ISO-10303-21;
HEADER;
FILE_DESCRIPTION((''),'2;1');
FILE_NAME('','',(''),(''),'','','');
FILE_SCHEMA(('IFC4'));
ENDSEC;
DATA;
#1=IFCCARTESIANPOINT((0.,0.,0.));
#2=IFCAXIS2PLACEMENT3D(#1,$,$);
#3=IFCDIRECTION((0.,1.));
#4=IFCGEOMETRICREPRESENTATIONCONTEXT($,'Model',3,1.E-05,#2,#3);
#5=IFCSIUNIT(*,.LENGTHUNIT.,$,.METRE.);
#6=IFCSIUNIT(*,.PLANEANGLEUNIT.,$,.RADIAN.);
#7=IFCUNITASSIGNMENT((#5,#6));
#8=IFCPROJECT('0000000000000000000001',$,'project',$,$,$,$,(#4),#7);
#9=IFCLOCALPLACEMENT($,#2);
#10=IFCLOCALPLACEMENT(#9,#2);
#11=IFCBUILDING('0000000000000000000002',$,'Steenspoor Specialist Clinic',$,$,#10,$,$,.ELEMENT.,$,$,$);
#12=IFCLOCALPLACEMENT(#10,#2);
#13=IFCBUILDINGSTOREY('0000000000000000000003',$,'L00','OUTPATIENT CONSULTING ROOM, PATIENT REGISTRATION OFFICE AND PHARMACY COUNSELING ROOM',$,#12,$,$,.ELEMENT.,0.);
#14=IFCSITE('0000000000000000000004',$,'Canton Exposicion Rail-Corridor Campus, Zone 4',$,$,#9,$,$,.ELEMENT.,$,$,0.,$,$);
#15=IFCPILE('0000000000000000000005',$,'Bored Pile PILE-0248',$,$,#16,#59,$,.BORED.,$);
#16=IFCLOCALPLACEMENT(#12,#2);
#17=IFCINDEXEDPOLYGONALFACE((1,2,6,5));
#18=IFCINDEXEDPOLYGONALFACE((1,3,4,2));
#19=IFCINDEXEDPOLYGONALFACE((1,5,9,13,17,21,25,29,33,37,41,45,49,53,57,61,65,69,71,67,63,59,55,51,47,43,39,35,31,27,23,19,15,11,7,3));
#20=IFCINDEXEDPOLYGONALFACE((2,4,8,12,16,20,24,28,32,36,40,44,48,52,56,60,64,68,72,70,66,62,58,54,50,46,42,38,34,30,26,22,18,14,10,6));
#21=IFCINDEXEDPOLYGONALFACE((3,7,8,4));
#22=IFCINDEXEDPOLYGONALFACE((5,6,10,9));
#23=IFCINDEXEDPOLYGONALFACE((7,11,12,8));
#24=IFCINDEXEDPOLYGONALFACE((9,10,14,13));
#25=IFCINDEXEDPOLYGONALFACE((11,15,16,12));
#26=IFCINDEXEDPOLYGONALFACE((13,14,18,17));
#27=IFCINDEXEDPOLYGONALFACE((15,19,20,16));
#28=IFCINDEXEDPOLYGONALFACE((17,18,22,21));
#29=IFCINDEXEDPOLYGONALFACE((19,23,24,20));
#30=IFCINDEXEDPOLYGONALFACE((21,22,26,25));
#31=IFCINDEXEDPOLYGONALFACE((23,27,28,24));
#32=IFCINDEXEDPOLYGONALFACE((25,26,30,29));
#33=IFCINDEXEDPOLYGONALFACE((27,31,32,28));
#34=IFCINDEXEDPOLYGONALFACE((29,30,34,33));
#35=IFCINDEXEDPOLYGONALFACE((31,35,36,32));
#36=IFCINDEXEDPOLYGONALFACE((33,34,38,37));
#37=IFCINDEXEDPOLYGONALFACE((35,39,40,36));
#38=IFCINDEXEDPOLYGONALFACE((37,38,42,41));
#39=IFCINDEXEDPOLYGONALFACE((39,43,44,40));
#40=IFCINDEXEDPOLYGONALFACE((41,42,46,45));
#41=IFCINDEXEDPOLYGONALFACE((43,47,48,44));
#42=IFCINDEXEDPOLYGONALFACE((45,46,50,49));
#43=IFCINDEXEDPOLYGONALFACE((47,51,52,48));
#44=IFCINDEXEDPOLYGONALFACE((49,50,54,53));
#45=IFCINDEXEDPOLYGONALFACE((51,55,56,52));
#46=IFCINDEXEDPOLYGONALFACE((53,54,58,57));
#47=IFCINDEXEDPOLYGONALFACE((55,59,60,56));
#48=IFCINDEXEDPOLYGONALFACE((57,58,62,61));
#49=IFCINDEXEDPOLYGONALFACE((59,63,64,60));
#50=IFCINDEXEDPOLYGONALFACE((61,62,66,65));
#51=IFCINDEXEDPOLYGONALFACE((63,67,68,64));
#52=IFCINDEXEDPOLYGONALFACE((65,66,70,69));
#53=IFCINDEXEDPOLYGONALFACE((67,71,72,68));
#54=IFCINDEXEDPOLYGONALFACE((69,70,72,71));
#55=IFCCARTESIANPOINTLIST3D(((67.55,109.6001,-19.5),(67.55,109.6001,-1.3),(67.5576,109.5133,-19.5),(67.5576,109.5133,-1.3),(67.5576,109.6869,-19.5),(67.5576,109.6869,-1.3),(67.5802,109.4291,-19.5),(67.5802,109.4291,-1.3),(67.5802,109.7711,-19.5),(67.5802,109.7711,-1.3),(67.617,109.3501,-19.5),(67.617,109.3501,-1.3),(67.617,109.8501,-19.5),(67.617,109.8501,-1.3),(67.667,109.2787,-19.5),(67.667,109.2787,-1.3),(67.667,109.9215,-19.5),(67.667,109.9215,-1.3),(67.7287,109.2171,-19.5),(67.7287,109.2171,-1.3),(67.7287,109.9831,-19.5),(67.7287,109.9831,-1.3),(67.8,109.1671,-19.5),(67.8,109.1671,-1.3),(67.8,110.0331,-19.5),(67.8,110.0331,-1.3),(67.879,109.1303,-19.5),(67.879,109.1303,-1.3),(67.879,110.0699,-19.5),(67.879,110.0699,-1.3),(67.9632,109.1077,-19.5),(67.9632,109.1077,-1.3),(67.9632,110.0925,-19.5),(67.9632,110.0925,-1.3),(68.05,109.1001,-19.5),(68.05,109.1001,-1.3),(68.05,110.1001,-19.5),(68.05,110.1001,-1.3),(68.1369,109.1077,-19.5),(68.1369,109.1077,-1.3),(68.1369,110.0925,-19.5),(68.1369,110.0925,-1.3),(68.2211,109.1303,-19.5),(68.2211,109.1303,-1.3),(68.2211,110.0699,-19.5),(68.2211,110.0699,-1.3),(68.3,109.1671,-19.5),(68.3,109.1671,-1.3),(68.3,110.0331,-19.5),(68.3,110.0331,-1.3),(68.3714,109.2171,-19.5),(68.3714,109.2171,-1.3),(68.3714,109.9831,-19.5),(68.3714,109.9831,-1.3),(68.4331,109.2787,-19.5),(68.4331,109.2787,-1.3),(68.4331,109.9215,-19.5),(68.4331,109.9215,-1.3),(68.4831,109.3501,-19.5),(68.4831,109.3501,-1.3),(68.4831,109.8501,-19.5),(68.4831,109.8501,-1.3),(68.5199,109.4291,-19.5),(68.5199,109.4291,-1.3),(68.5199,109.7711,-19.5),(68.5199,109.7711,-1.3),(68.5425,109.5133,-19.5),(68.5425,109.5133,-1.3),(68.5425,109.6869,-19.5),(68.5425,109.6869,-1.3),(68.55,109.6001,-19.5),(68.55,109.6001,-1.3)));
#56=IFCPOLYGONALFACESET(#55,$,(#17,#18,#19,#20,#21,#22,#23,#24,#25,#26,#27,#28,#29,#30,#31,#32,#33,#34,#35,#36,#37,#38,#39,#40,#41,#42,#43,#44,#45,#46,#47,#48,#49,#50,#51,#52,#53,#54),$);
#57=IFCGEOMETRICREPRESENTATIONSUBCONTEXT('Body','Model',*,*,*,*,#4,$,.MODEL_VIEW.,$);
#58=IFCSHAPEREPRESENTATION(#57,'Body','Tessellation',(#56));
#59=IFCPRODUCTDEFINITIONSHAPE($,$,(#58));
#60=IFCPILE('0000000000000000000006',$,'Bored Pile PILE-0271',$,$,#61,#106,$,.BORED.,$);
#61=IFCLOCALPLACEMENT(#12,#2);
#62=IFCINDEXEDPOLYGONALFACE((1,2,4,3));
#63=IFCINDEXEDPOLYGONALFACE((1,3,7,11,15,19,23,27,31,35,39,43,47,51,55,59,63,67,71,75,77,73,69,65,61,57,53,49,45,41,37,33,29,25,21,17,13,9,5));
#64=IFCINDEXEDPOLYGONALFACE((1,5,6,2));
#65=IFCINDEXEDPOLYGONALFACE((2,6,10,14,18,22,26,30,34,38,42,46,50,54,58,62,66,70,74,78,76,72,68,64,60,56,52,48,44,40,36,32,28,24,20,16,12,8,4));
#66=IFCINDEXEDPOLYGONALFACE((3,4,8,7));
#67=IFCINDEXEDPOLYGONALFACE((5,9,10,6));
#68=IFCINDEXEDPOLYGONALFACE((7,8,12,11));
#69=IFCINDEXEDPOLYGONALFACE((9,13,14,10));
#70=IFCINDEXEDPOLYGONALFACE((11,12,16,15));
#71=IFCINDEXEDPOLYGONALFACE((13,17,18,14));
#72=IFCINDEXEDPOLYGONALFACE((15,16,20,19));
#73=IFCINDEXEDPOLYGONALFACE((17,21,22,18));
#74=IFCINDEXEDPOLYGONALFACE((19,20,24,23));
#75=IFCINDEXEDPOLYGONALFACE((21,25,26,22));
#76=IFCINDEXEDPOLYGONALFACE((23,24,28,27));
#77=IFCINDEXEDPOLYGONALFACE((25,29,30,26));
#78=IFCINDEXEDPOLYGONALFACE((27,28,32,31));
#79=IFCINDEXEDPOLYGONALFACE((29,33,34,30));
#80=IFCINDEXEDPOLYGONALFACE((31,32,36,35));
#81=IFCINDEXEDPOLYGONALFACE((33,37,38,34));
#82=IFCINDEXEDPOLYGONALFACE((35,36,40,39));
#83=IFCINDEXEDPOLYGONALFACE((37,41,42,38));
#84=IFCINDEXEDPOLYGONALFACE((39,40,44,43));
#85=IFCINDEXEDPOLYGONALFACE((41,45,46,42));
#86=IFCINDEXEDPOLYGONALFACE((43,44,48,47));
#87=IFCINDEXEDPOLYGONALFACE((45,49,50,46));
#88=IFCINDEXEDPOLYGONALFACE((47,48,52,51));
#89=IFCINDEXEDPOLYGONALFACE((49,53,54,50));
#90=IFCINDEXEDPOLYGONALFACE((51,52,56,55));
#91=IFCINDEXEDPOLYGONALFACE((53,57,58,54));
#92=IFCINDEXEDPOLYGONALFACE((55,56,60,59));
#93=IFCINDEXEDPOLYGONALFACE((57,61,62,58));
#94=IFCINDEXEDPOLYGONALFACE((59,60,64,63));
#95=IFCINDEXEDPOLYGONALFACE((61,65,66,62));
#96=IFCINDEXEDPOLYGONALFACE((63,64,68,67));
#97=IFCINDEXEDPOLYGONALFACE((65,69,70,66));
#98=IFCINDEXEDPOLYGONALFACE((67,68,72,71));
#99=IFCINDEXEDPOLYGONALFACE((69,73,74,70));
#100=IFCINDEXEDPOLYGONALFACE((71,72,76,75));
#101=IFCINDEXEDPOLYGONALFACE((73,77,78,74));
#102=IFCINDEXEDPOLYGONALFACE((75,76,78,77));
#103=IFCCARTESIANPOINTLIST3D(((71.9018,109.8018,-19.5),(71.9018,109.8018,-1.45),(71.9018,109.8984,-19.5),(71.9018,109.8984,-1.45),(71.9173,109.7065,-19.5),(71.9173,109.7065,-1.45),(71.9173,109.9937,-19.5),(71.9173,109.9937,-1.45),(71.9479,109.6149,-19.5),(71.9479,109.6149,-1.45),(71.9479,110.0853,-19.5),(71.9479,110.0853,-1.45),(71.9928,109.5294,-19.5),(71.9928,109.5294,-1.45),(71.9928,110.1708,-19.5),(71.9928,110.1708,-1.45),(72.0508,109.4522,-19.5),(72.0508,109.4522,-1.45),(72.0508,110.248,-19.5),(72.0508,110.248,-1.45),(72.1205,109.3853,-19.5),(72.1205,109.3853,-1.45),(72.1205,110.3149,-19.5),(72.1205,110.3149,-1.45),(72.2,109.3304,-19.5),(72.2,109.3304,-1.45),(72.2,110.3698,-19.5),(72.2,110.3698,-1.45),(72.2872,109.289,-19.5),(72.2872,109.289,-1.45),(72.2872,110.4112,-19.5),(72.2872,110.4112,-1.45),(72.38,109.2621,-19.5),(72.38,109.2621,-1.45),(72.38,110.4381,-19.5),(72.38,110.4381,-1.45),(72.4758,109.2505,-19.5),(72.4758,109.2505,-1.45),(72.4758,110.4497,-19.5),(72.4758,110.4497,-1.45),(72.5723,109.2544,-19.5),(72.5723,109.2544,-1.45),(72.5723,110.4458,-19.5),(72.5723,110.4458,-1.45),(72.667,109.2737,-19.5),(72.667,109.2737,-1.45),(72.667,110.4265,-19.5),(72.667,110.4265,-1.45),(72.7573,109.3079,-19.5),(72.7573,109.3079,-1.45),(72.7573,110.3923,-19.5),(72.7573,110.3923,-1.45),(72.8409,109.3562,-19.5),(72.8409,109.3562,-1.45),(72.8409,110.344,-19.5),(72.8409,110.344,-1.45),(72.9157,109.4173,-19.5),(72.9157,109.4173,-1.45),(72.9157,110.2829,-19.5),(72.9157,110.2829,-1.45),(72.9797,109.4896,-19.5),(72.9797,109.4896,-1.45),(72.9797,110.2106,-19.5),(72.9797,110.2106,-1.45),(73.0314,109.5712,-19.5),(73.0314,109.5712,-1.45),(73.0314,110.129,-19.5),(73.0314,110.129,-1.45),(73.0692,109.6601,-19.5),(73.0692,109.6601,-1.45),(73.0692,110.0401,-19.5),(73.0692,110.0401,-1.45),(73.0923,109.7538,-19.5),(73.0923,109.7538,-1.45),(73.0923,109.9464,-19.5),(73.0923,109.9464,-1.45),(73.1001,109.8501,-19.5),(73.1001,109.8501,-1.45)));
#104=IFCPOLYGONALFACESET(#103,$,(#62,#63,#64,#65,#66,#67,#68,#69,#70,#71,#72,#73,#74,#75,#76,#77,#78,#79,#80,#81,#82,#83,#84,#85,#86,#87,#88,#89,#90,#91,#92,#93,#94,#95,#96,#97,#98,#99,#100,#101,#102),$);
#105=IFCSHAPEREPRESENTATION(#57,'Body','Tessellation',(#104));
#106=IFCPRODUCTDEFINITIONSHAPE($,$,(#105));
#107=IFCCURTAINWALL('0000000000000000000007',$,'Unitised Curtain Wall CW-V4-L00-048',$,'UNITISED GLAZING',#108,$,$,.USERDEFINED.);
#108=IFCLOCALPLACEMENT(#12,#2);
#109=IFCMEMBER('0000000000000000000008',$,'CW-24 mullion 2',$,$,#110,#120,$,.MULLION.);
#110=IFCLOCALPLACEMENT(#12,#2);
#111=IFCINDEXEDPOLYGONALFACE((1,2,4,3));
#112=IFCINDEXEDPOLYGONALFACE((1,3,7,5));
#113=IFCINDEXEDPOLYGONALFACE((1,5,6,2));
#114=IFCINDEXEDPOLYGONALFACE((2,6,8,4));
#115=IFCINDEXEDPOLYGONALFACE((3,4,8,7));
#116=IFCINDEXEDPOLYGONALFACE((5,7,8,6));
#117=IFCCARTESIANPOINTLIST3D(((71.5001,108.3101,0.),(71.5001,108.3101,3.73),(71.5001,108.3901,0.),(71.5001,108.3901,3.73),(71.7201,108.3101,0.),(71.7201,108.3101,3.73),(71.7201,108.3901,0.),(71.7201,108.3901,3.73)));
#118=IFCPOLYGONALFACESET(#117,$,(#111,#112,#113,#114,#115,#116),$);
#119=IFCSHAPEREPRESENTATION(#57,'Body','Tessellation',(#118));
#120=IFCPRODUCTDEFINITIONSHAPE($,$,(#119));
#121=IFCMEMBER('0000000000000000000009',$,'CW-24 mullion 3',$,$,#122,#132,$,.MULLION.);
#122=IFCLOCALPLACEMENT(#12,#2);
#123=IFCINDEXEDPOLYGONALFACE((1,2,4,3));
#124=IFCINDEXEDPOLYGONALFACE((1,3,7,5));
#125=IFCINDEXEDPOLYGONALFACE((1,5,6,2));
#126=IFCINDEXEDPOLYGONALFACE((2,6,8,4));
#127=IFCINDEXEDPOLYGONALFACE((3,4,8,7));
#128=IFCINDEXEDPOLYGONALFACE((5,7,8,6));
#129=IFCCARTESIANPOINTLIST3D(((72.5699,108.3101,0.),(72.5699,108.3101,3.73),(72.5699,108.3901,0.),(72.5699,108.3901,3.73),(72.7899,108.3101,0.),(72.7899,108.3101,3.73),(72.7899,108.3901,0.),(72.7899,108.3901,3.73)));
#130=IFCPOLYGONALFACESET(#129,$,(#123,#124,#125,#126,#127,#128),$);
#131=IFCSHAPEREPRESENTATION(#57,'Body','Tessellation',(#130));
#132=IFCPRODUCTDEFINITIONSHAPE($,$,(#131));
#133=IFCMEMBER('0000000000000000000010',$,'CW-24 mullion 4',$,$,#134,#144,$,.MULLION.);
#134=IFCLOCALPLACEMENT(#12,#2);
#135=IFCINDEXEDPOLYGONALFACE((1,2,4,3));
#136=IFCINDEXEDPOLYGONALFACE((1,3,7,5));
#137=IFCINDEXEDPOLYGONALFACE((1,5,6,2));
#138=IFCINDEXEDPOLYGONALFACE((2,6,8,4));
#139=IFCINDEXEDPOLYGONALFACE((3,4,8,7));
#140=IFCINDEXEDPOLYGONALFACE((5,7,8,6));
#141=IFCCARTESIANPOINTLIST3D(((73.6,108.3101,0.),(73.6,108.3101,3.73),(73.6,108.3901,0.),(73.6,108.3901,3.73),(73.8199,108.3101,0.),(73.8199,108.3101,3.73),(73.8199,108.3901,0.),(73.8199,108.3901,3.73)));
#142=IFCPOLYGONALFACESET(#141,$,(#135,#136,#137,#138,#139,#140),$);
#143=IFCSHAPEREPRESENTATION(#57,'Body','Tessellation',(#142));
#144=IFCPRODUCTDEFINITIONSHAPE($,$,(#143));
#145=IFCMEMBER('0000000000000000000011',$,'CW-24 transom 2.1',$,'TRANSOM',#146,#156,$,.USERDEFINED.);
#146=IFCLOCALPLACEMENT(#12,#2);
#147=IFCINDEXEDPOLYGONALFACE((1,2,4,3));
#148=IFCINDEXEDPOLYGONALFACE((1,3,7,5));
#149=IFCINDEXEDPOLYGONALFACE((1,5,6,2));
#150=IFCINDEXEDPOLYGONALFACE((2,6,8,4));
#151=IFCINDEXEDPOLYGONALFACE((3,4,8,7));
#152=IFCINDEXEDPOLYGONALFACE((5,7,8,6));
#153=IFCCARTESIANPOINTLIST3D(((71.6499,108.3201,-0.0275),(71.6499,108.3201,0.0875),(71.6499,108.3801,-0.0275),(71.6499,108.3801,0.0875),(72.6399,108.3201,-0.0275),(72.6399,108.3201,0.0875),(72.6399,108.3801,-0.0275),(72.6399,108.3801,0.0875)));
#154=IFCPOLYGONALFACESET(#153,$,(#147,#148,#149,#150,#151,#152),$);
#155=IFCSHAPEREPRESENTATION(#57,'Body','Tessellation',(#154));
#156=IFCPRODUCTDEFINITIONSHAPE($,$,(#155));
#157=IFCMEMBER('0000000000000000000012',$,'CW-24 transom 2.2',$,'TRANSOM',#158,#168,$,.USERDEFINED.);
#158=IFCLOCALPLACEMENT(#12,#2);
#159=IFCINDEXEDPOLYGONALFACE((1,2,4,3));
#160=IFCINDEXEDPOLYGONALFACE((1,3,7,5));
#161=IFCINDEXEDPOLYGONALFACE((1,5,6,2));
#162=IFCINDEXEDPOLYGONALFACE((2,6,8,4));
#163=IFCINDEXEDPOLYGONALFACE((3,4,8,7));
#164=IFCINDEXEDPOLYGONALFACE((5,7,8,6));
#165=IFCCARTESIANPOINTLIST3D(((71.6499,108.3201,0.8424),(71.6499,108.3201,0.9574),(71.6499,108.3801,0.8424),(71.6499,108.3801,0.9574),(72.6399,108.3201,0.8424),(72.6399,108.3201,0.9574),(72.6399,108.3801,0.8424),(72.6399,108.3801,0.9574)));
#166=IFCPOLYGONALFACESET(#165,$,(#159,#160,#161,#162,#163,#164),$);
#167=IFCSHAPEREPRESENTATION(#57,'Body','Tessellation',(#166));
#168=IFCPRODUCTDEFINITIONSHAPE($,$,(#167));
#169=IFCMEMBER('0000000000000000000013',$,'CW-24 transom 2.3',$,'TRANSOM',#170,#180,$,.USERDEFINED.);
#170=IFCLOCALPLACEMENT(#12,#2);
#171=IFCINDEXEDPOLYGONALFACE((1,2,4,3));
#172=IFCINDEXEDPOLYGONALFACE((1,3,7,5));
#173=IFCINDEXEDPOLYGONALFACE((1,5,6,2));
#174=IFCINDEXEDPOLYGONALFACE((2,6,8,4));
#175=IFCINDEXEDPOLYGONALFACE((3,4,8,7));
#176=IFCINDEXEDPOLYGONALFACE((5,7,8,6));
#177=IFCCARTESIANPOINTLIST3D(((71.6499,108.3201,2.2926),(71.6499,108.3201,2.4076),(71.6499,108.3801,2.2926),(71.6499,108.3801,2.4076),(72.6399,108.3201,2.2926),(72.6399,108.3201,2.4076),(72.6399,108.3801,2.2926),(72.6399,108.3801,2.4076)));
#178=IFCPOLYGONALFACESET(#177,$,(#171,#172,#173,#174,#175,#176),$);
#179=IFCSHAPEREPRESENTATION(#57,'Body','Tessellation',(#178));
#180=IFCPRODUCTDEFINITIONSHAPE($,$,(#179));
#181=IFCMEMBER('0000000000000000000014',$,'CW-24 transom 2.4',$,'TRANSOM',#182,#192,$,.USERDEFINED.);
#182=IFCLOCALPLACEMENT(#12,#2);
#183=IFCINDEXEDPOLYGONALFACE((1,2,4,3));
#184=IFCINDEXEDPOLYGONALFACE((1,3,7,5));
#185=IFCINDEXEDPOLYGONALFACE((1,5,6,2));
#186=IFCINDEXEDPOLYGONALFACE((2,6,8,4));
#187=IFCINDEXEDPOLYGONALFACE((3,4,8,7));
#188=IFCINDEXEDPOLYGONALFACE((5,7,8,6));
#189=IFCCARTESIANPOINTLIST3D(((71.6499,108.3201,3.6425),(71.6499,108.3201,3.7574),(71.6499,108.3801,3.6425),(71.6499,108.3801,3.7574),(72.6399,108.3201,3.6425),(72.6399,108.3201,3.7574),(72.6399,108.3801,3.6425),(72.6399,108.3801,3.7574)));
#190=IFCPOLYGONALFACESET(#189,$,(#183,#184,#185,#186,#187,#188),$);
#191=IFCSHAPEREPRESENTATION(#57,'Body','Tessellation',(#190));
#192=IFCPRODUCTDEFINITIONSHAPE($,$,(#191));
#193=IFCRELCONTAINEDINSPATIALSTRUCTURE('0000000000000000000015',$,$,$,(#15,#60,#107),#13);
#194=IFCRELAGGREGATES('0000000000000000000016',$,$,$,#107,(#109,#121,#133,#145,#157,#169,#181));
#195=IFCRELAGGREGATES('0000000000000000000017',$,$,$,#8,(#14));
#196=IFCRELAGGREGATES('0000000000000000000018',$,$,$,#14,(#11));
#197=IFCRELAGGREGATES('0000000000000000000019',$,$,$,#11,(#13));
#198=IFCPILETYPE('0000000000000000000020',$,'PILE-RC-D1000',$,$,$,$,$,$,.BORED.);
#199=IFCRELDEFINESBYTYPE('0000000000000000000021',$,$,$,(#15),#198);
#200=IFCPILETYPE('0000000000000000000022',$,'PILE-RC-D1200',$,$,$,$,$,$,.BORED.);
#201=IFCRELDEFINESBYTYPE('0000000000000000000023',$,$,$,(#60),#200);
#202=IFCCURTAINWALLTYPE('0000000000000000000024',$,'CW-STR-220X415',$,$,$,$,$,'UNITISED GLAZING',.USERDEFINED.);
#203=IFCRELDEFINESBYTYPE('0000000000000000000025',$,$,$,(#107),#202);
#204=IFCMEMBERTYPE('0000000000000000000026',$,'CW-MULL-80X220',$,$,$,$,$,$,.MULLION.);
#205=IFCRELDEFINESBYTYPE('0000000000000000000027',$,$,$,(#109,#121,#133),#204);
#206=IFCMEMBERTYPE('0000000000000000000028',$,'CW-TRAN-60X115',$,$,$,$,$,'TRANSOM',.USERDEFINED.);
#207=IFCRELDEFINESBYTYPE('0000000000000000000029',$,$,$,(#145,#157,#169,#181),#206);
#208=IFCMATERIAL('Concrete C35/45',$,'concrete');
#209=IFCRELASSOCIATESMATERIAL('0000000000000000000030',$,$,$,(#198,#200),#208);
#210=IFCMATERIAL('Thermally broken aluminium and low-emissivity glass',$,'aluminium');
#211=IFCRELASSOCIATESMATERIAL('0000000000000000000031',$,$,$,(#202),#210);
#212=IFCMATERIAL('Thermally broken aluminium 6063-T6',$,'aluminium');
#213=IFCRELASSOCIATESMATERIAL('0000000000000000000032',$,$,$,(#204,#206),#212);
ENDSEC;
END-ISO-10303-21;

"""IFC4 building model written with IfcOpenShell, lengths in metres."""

from ifc_helpers import new_model, si_unit, direction, frame, origin, origin_2d, place, context, subcontext, project, spatial, rectangle, circle, extrude, material, material_profile, profile_set, type_object, element, aggregate, save


model = new_model("IFC4")

# Units and contexts
model_context = context("Model", 3, precision=1e-05, world=origin(), true_north=direction((0.0, 1.0)))
body_context = subcontext(model_context, "Body", "Model", "MODEL_VIEW")
ifc_project = project(units=[si_unit("LENGTHUNIT", "METRE"), si_unit("PLANEANGLEUNIT", "RADIAN")], contexts=[model_context])

# Site, building, storey
site_placement = place(None, origin())
site = spatial("IfcSite", under=ifc_project, at=site_placement, Name="Canton Exposicion Rail-Corridor Campus, Zone 4", CompositionType="ELEMENT", RefElevation=0.0)
building_placement = place(site_placement, origin())
building = spatial("IfcBuilding", under=site, at=building_placement, Name="Steenspoor Specialist Clinic", CompositionType="ELEMENT")
storey_placement = place(building_placement, origin())
storey = spatial("IfcBuildingStorey", under=building, at=storey_placement, Name="L00", Description="OUTPATIENT CONSULTING ROOM, PATIENT REGISTRATION OFFICE AND PHARMACY COUNSELING ROOM", CompositionType="ELEMENT", Elevation=0.0)

# Piles
ifc_material_1 = material(Name="Concrete C35/45", Category="concrete")
ifc_material_profile_1 = material_profile(ifc_material_1, circle(Radius=0.5, at=origin_2d()), Name="PILE-D1000")
ifc_profile_set_1 = profile_set([ifc_material_profile_1], Name="Concrete C35/45")
pile_type_1 = type_object("IfcPileType", Name="PILE-RC-D1000", PredefinedType="BORED", material=ifc_profile_set_1)
pile_1_placement = place(storey_placement, frame((68.05, 109.6001, -1.3), z_axis=(0.0, 0.0, -1.0), x_axis=(1.0, 0.0, 0.0)))
element("IfcPile", 1, at=pile_1_placement, inside=storey, type_object=pile_type_1, Name="Bored Pile PILE-0248", PredefinedType="BORED", context=body_context, shape_type="SweptSolid", body=[
    extrude(circle(Radius=0.5, at=origin_2d()), origin(), (0.0, 0.0, 1.0), 18.2),
])
ifc_material_profile_2 = material_profile(ifc_material_1, circle(Radius=0.6001, at=origin_2d()), Name="PILE-D1200")
ifc_profile_set_2 = profile_set([ifc_material_profile_2], Name="Concrete C35/45")
pile_type_2 = type_object("IfcPileType", Name="PILE-RC-D1200", PredefinedType="BORED", material=ifc_profile_set_2)
pile_2_placement = place(storey_placement, frame((72.5, 109.8501, -1.45), z_axis=(0.0, 0.0, -1.0), x_axis=(1.0, 0.0, 0.0)))
element("IfcPile", 2, at=pile_2_placement, inside=storey, type_object=pile_type_2, Name="Bored Pile PILE-0271", PredefinedType="BORED", context=body_context, shape_type="SweptSolid", body=[
    extrude(circle(Radius=0.6001, at=origin_2d()), origin(), (0.0, 0.0, 1.0), 18.05),
])

# Curtain wall, members
ifc_material_2 = material(Name="Thermally broken aluminium and low-emissivity glass", Category="aluminium")
curtain_wall_type = type_object("IfcCurtainWallType", Name="CW-STR-220X415", ElementType="UNITISED GLAZING", PredefinedType="USERDEFINED", material=ifc_material_2)
curtain_wall_placement = place(storey_placement, origin())
curtain_wall = element("IfcCurtainWall", 3, at=curtain_wall_placement, inside=storey, type_object=curtain_wall_type, Name="Unitised Curtain Wall CW-V4-L00-048", ObjectType="UNITISED GLAZING", PredefinedType="USERDEFINED")
ifc_material_3 = material(Name="Thermally broken aluminium 6063-T6", Category="aluminium")
ifc_material_profile_3 = material_profile(ifc_material_3, rectangle(XDim=0.0801, YDim=0.22, at=origin_2d()), Name="CWM-80X220")
ifc_profile_set_3 = profile_set([ifc_material_profile_3], Name="Thermally broken aluminium 6063-T6")
member_type_1 = type_object("IfcMemberType", Name="CW-MULL-80X220", PredefinedType="MULLION", material=ifc_profile_set_3)
member_1_placement = place(storey_placement, frame((71.6101, 108.3501, 0.0), z_axis=(0.0, 0.0, 1.0), x_axis=(0.0, 1.0, 0.0)))
member_1 = element("IfcMember", 4, at=member_1_placement, type_object=member_type_1, Name="CW-24 mullion 2", PredefinedType="MULLION", context=body_context, shape_type="SweptSolid", body=[
    extrude(rectangle(XDim=0.0801, YDim=0.22, at=origin_2d()), origin(), (0.0, 0.0, 1.0), 3.73),
])
member_2_placement = place(storey_placement, frame((72.6799, 108.3501, 0.0), z_axis=(0.0, 0.0, 1.0), x_axis=(0.0, 1.0, 0.0)))
member_2 = element("IfcMember", 5, at=member_2_placement, type_object=member_type_1, Name="CW-24 mullion 3", PredefinedType="MULLION", context=body_context, shape_type="SweptSolid", body=[
    extrude(rectangle(XDim=0.0801, YDim=0.22, at=origin_2d()), origin(), (0.0, 0.0, 1.0), 3.73),
])
member_3_placement = place(storey_placement, frame((73.71, 108.3501, 0.0), z_axis=(0.0, 0.0, 1.0), x_axis=(0.0, 1.0, 0.0)))
member_3 = element("IfcMember", 6, at=member_3_placement, type_object=member_type_1, Name="CW-24 mullion 4", PredefinedType="MULLION", context=body_context, shape_type="SweptSolid", body=[
    extrude(rectangle(XDim=0.0801, YDim=0.22, at=origin_2d()), origin(), (0.0, 0.0, 1.0), 3.73),
])
ifc_material_profile_4 = material_profile(ifc_material_3, rectangle(XDim=0.0601, YDim=0.115, at=origin_2d()), Name="CWT-60X115")
ifc_profile_set_4 = profile_set([ifc_material_profile_4], Name="Thermally broken aluminium 6063-T6")
member_type_2 = type_object("IfcMemberType", Name="CW-TRAN-60X115", ElementType="TRANSOM", PredefinedType="USERDEFINED", material=ifc_profile_set_4)
member_4_placement = place(storey_placement, frame((71.6499, 108.3501, 0.03), z_axis=(1.0, 0.0, 0.0), x_axis=(0.0, 1.0, 0.0)))
member_4 = element("IfcMember", 7, at=member_4_placement, type_object=member_type_2, Name="CW-24 transom 2.1", ObjectType="TRANSOM", PredefinedType="USERDEFINED", context=body_context, shape_type="SweptSolid", body=[
    extrude(rectangle(XDim=0.0601, YDim=0.115, at=origin_2d()), origin(), (0.0, 0.0, 1.0), 0.99),
])
member_5_placement = place(storey_placement, frame((71.6499, 108.3501, 0.8999), z_axis=(1.0, 0.0, 0.0), x_axis=(0.0, 1.0, 0.0)))
member_5 = element("IfcMember", 8, at=member_5_placement, type_object=member_type_2, Name="CW-24 transom 2.2", ObjectType="TRANSOM", PredefinedType="USERDEFINED", context=body_context, shape_type="SweptSolid", body=[
    extrude(rectangle(XDim=0.0601, YDim=0.115, at=origin_2d()), origin(), (0.0, 0.0, 1.0), 0.99),
])
member_6_placement = place(storey_placement, frame((71.6499, 108.3501, 2.3501), z_axis=(1.0, 0.0, 0.0), x_axis=(0.0, 1.0, 0.0)))
member_6 = element("IfcMember", 9, at=member_6_placement, type_object=member_type_2, Name="CW-24 transom 2.3", ObjectType="TRANSOM", PredefinedType="USERDEFINED", context=body_context, shape_type="SweptSolid", body=[
    extrude(rectangle(XDim=0.0601, YDim=0.115, at=origin_2d()), origin(), (0.0, 0.0, 1.0), 0.99),
])
member_7_placement = place(storey_placement, frame((71.6499, 108.3501, 3.7), z_axis=(1.0, 0.0, 0.0), x_axis=(0.0, 1.0, 0.0)))
member_7 = element("IfcMember", 10, at=member_7_placement, type_object=member_type_2, Name="CW-24 transom 2.4", ObjectType="TRANSOM", PredefinedType="USERDEFINED", context=body_context, shape_type="SweptSolid", body=[
    extrude(rectangle(XDim=0.0601, YDim=0.115, at=origin_2d()), origin(), (0.0, 0.0, 1.0), 0.99),
])
aggregate(curtain_wall, [member_1, member_2, member_3, member_4, member_5, member_6, member_7])

save(model, "model.ifc")
